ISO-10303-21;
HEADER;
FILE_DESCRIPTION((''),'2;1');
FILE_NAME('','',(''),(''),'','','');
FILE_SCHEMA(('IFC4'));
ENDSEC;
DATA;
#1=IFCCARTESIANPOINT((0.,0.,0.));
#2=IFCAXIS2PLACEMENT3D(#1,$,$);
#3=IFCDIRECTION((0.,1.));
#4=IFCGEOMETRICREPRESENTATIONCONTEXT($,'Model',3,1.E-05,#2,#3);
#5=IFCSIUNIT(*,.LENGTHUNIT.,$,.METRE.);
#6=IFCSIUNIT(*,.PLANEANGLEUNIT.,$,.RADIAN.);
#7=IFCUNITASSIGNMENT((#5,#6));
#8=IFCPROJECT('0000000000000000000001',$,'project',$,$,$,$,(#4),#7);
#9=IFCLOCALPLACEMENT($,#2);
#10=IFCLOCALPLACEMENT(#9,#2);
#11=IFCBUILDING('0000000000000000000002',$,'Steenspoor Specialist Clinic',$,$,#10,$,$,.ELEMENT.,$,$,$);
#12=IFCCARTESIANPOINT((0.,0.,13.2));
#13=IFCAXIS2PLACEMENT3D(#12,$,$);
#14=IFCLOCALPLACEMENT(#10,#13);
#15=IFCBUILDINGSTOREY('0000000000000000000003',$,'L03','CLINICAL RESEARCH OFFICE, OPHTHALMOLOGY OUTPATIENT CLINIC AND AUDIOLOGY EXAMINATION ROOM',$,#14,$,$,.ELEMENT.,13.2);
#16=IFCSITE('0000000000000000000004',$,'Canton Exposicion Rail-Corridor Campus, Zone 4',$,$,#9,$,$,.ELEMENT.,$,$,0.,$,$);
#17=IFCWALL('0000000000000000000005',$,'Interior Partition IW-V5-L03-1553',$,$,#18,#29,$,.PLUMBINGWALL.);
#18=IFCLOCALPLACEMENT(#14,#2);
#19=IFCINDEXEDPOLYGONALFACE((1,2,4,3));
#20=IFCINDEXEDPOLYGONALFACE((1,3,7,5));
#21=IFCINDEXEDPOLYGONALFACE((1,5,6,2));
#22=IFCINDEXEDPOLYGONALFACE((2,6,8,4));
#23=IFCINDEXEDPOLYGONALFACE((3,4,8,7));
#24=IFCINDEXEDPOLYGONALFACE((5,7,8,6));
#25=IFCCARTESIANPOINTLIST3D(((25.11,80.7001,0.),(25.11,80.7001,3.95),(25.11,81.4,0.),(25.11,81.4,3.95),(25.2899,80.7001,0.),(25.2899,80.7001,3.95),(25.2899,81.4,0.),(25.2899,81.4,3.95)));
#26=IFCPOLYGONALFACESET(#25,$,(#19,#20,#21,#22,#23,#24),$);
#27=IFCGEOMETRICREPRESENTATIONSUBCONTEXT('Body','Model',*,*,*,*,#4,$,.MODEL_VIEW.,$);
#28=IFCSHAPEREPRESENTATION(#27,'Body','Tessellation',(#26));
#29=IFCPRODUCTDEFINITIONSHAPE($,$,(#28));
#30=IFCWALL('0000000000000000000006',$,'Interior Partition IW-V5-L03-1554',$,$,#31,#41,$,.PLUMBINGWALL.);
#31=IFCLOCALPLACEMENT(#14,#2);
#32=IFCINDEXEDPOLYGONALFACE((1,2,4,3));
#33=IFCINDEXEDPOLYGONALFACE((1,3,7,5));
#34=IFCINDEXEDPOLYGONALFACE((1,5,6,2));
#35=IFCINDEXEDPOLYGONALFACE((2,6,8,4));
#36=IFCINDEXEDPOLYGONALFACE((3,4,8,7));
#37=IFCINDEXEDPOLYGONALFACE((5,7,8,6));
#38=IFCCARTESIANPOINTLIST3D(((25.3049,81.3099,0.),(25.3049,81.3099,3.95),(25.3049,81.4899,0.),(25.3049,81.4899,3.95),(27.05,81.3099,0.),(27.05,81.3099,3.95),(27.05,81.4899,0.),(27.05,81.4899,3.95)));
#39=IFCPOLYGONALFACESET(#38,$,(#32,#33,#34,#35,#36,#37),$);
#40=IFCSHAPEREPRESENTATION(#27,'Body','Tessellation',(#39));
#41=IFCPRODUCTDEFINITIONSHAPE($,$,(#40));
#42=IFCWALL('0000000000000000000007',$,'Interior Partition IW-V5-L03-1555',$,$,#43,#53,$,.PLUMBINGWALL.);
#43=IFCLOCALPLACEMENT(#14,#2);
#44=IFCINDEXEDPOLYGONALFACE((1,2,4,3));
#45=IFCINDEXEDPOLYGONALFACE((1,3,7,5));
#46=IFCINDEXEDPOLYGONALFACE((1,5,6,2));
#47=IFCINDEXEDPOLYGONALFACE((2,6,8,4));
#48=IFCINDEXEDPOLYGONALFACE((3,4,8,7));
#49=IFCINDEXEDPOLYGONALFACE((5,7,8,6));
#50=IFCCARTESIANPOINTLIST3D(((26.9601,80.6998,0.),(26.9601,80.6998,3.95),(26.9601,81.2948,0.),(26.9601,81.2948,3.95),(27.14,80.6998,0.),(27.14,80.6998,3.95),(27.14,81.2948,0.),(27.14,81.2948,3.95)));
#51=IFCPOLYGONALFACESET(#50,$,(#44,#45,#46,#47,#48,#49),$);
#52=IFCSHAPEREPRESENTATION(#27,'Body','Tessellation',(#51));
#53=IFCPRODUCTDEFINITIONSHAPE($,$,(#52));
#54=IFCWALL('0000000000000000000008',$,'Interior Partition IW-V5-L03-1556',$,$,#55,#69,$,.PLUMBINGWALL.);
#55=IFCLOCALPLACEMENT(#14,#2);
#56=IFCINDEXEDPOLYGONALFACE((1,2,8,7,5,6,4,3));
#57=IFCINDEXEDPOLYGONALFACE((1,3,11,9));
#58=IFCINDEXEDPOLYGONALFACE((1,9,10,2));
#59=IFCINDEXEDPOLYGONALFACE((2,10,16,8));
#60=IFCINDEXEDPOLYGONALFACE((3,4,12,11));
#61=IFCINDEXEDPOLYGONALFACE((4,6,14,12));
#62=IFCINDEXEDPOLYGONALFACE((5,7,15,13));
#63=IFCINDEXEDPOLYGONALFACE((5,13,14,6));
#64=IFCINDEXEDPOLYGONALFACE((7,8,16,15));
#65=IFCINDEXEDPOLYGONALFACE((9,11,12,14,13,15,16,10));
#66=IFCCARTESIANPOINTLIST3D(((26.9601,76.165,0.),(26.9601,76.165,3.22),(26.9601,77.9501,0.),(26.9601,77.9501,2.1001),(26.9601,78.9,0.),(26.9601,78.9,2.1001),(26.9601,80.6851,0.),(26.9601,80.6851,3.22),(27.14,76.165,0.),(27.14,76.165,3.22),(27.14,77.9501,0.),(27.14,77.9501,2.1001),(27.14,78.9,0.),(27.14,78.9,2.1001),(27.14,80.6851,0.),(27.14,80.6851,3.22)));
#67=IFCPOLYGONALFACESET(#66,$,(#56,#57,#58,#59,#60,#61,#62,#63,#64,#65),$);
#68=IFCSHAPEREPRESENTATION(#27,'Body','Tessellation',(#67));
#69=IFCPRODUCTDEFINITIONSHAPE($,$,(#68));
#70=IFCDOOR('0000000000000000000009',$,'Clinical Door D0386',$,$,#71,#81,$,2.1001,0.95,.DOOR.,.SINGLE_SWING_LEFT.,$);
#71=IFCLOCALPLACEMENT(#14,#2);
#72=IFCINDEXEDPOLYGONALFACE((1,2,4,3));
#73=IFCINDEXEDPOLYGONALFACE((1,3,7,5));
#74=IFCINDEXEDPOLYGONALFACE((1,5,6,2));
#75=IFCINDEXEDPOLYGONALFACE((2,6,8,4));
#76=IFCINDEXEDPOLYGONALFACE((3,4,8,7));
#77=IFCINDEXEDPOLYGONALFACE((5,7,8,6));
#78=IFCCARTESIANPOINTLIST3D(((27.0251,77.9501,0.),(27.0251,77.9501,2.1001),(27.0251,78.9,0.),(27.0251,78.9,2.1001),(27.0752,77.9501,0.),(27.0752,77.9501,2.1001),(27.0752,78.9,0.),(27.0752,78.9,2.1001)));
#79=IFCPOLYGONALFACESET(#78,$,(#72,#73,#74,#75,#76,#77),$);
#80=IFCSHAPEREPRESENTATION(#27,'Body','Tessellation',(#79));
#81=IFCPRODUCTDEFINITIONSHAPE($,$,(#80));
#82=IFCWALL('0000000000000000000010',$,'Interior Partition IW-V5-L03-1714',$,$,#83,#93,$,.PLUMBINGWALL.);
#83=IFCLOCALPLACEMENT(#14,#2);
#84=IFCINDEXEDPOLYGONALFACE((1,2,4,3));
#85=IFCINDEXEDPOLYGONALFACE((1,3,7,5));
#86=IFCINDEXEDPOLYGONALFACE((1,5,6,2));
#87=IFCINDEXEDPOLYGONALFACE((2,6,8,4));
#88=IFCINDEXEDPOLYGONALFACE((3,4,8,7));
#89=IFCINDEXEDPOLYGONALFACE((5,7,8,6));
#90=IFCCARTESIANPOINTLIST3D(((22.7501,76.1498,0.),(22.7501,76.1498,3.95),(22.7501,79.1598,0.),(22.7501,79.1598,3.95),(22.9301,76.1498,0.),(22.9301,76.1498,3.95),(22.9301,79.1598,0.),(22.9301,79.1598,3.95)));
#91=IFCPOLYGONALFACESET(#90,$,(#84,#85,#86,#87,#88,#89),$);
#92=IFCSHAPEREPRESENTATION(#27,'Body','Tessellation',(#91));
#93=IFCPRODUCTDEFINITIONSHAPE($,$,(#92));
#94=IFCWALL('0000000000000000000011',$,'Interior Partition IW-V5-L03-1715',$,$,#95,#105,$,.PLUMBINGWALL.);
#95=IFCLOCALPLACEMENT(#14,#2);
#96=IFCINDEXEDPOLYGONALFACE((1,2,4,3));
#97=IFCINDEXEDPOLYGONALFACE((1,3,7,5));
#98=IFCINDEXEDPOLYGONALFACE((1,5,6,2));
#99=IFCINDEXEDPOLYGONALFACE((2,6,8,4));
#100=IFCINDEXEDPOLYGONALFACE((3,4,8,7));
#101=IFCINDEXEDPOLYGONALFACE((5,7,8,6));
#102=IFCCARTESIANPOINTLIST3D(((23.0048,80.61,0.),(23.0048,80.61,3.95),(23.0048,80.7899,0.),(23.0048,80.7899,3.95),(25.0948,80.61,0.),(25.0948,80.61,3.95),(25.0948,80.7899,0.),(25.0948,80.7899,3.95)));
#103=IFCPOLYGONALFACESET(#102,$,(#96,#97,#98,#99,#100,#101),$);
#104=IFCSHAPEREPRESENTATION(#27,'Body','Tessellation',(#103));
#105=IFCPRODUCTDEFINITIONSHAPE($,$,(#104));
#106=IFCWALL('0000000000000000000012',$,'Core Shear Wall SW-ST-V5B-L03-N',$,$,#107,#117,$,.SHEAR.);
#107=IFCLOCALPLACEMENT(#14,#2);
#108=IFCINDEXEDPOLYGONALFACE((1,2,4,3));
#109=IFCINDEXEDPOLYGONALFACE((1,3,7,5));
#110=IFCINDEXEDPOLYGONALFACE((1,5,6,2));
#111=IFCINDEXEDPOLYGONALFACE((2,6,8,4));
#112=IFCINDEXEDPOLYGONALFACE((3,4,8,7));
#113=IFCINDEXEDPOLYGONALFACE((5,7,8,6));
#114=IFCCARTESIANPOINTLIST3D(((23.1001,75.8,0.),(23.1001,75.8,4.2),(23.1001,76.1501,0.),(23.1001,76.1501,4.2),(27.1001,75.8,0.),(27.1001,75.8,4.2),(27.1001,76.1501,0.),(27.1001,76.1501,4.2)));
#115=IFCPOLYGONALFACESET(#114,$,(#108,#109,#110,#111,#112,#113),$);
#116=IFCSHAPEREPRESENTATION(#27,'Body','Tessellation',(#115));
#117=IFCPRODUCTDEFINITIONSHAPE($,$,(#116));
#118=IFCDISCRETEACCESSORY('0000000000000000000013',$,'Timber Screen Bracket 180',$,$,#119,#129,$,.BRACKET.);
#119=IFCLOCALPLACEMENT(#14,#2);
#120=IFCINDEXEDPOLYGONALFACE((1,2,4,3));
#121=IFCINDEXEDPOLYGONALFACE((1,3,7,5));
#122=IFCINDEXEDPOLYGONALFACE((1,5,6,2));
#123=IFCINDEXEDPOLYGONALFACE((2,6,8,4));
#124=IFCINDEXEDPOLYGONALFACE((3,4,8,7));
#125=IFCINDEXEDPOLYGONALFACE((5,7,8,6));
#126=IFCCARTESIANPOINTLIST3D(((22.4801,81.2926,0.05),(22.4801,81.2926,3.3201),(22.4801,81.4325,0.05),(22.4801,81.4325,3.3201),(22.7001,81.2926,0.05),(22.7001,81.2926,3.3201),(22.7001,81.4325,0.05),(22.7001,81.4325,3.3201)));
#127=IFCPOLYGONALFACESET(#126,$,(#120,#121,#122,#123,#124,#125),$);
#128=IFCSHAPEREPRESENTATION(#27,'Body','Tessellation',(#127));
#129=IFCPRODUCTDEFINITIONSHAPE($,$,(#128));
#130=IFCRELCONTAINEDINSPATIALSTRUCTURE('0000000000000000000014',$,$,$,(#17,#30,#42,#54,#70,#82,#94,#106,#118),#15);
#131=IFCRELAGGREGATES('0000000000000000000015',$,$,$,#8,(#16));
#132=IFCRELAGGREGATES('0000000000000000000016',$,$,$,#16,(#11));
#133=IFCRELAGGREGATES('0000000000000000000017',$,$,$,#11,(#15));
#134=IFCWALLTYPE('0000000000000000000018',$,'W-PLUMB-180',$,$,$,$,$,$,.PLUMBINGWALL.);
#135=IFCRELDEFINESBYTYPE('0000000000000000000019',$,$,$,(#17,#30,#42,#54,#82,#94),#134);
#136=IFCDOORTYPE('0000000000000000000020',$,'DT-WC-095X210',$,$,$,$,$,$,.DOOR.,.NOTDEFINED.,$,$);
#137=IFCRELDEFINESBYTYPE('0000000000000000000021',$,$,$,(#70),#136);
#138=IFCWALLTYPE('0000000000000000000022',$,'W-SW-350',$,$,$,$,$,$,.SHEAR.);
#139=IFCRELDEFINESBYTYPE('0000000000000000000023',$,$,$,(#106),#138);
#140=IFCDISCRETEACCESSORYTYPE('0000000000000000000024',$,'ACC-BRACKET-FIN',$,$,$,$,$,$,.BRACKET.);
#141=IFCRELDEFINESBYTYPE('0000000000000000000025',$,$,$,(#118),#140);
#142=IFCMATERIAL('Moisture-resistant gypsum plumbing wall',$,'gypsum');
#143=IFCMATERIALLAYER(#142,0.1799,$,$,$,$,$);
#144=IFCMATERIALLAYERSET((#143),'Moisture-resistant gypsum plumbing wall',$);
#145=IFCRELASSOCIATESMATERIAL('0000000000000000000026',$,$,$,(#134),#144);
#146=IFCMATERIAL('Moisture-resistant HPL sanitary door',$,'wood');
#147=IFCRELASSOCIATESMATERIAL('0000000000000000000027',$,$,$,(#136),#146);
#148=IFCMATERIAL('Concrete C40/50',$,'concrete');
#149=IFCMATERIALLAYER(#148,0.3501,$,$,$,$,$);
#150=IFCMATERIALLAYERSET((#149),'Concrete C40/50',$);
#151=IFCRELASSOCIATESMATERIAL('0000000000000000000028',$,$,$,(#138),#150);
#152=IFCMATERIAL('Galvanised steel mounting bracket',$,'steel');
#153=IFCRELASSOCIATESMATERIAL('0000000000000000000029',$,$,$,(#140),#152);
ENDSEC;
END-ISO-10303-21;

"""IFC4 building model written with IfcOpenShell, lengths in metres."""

from ifc_helpers import new_model, si_unit, direction, frame, frame_2d, origin, origin_2d, place, context, subcontext, project, spatial, rectangle, extrude, material, layer, layer_set, type_object, element, fill, save


model = new_model("IFC4")

# Units and contexts
model_context = context("Model", 3, precision=1e-05, world=origin(), true_north=direction((0.0, 1.0)))
body_context = subcontext(model_context, "Body", "Model", "MODEL_VIEW")
ifc_project = project(units=[si_unit("LENGTHUNIT", "METRE"), si_unit("PLANEANGLEUNIT", "RADIAN")], contexts=[model_context])

# Site, building, storey
site_placement = place(None, origin())
site = spatial("IfcSite", under=ifc_project, at=site_placement, Name="Canton Exposicion Rail-Corridor Campus, Zone 4", CompositionType="ELEMENT", RefElevation=0.0)
building_placement = place(site_placement, origin())
building = spatial("IfcBuilding", under=site, at=building_placement, Name="Steenspoor Specialist Clinic", CompositionType="ELEMENT")
storey_placement = place(building_placement, frame((0.0, 0.0, 13.2)))
storey = spatial("IfcBuildingStorey", under=building, at=storey_placement, Name="L03", Description="CLINICAL RESEARCH OFFICE, OPHTHALMOLOGY OUTPATIENT CLINIC AND AUDIOLOGY EXAMINATION ROOM", CompositionType="ELEMENT", Elevation=13.2)

# Shared definitions
ifc_material_1 = material(Name="Concrete C40/50", Category="concrete")

# Walls
ifc_material_2 = material(Name="Moisture-resistant gypsum plumbing wall", Category="gypsum")
ifc_layer_1 = layer(ifc_material_2, 0.1799)
ifc_layer_set_1 = layer_set([ifc_layer_1], Name="Moisture-resistant gypsum plumbing wall")
wall_type_1 = type_object("IfcWallType", Name="W-PLUMB-180", PredefinedType="PLUMBINGWALL", material=ifc_layer_set_1)
wall_1_placement = place(storey_placement, frame((25.2, 80.7, 0.0), z_axis=(0.0, 0.0, 1.0), x_axis=(0.0, 1.0, 0.0)))
element("IfcWall", 1, at=wall_1_placement, inside=storey, type_object=wall_type_1, Name="Interior Partition IW-V5-L03-1553", PredefinedType="PLUMBINGWALL", context=body_context, shape_type="SweptSolid", body=[
    extrude(rectangle(XDim=0.7, YDim=0.1799, at=frame_2d((0.3501, 0.0))), origin(), (0.0, 0.0, 1.0), 3.95),
])
wall_2_placement = place(storey_placement, frame((25.3049, 81.3999, 0.0), z_axis=(0.0, 0.0, 1.0), x_axis=(1.0, 0.0, 0.0)))
element("IfcWall", 2, at=wall_2_placement, inside=storey, type_object=wall_type_1, Name="Interior Partition IW-V5-L03-1554", PredefinedType="PLUMBINGWALL", context=body_context, shape_type="SweptSolid", body=[
    extrude(rectangle(XDim=1.7451, YDim=0.1799, at=frame_2d((0.8726, 0.0))), origin(), (0.0, 0.0, 1.0), 3.95),
])
wall_3_placement = place(storey_placement, frame((27.05, 80.7, 0.0), z_axis=(0.0, 0.0, 1.0), x_axis=(0.0, 1.0, 0.0)))
element("IfcWall", 3, at=wall_3_placement, inside=storey, type_object=wall_type_1, Name="Interior Partition IW-V5-L03-1555", PredefinedType="PLUMBINGWALL", context=body_context, shape_type="SweptSolid", body=[
    extrude(rectangle(XDim=0.595, YDim=0.1799, at=frame_2d((0.2974, 0.0))), origin(), (0.0, 0.0, 1.0), 3.95),
])

# Wall, opening, door
wall_4_placement = place(storey_placement, frame((27.05, 76.165, 0.0), z_axis=(0.0, 0.0, 1.0), x_axis=(0.0, 1.0, 0.0)))
wall_4 = element("IfcWall", 4, at=wall_4_placement, inside=storey, type_object=wall_type_1, Name="Interior Partition IW-V5-L03-1556", PredefinedType="PLUMBINGWALL", context=body_context, shape_type="SweptSolid", body=[
    extrude(rectangle(XDim=4.52, YDim=0.1799, at=frame_2d((2.26, 0.0))), origin(), (0.0, 0.0, 1.0), 3.22),
])
opening_1_placement = place(wall_4_placement, frame((1.7849, 0.0, 0.0)))
opening_1 = element("IfcOpeningElement", 5, at=opening_1_placement, cuts=wall_4, PredefinedType="OPENING", context=body_context, shape_type="SweptSolid", body=[
    extrude(rectangle(XDim=0.95, YDim=2.1001, at=frame_2d((0.4751, 1.05))), frame((0.0, 0.1001, 0.0), z_axis=(0.0, -1.0, 0.0), x_axis=(1.0, 0.0, 0.0)), (0.0, 0.0, 1.0), 0.2),
])
ifc_material_3 = material(Name="Moisture-resistant HPL sanitary door", Category="wood")
door_type_1 = type_object("IfcDoorType", Name="DT-WC-095X210", OperationType="NOTDEFINED", PredefinedType="DOOR", material=ifc_material_3)
door_1_placement = place(opening_1_placement, origin())
door_1 = element("IfcDoor", 6, at=door_1_placement, inside=storey, type_object=door_type_1, Name="Clinical Door D0386", OperationType="SINGLE_SWING_LEFT", OverallHeight=2.1001, OverallWidth=0.95, PredefinedType="DOOR", context=body_context, shape_type="SweptSolid", body=[
    extrude(rectangle(XDim=0.95, YDim=2.1001, at=frame_2d((0.4751, 1.05))), frame((0.0, 0.0249, 0.0), z_axis=(0.0, -1.0, 0.0), x_axis=(1.0, 0.0, 0.0)), (0.0, 0.0, 1.0), 0.05),
])
fill(opening_1, door_1)

# Walls
wall_5_placement = place(storey_placement, frame((22.8401, 76.1499, 0.0), z_axis=(0.0, 0.0, 1.0), x_axis=(0.0, 1.0, 0.0)))
element("IfcWall", 7, at=wall_5_placement, inside=storey, type_object=wall_type_1, Name="Interior Partition IW-V5-L03-1714", PredefinedType="PLUMBINGWALL", context=body_context, shape_type="SweptSolid", body=[
    extrude(rectangle(XDim=3.01, YDim=0.1799, at=frame_2d((1.5049, 0.0))), origin(), (0.0, 0.0, 1.0), 3.95),
])
wall_6_placement = place(storey_placement, frame((23.0049, 80.7, 0.0), z_axis=(0.0, 0.0, 1.0), x_axis=(1.0, 0.0, 0.0)))
element("IfcWall", 8, at=wall_6_placement, inside=storey, type_object=wall_type_1, Name="Interior Partition IW-V5-L03-1715", PredefinedType="PLUMBINGWALL", context=body_context, shape_type="SweptSolid", body=[
    extrude(rectangle(XDim=2.0901, YDim=0.1799, at=frame_2d((1.0449, 0.0))), origin(), (0.0, 0.0, 1.0), 3.95),
])
ifc_layer_2 = layer(ifc_material_1, 0.3501)
ifc_layer_set_2 = layer_set([ifc_layer_2], Name="Concrete C40/50")
wall_type_2 = type_object("IfcWallType", Name="W-SW-350", PredefinedType="SHEAR", material=ifc_layer_set_2)
wall_7_placement = place(storey_placement, frame((23.1001, 75.9751, 0.0), z_axis=(0.0, 0.0, 1.0), x_axis=(1.0, 0.0, 0.0)))
element("IfcWall", 9, at=wall_7_placement, inside=storey, type_object=wall_type_2, Name="Core Shear Wall SW-ST-V5B-L03-N", PredefinedType="SHEAR", context=body_context, shape_type="SweptSolid", body=[
    extrude(rectangle(XDim=4.0, YDim=0.3501, at=frame_2d((2.0, 0.0))), origin(), (0.0, 0.0, 1.0), 4.2),
])

# Discrete accessory
ifc_material_4 = material(Name="Galvanised steel mounting bracket", Category="steel")
discrete_accessory_type = type_object("IfcDiscreteAccessoryType", Name="ACC-BRACKET-FIN", PredefinedType="BRACKET", material=ifc_material_4)
discrete_accessory_placement = place(storey_placement, frame((22.5901, 81.3625, 0.05), z_axis=(0.0, 0.0, 1.0), x_axis=(-1.0, 0.0, 0.0)))
element("IfcDiscreteAccessory", 10, at=discrete_accessory_placement, inside=storey, type_object=discrete_accessory_type, Name="Timber Screen Bracket 180", PredefinedType="BRACKET", context=body_context, shape_type="SweptSolid", body=[
    extrude(rectangle(XDim=0.22, YDim=0.1399, at=origin_2d()), origin(), (0.0, 0.0, 1.0), 3.27),
])

save(model, "model.ifc")
